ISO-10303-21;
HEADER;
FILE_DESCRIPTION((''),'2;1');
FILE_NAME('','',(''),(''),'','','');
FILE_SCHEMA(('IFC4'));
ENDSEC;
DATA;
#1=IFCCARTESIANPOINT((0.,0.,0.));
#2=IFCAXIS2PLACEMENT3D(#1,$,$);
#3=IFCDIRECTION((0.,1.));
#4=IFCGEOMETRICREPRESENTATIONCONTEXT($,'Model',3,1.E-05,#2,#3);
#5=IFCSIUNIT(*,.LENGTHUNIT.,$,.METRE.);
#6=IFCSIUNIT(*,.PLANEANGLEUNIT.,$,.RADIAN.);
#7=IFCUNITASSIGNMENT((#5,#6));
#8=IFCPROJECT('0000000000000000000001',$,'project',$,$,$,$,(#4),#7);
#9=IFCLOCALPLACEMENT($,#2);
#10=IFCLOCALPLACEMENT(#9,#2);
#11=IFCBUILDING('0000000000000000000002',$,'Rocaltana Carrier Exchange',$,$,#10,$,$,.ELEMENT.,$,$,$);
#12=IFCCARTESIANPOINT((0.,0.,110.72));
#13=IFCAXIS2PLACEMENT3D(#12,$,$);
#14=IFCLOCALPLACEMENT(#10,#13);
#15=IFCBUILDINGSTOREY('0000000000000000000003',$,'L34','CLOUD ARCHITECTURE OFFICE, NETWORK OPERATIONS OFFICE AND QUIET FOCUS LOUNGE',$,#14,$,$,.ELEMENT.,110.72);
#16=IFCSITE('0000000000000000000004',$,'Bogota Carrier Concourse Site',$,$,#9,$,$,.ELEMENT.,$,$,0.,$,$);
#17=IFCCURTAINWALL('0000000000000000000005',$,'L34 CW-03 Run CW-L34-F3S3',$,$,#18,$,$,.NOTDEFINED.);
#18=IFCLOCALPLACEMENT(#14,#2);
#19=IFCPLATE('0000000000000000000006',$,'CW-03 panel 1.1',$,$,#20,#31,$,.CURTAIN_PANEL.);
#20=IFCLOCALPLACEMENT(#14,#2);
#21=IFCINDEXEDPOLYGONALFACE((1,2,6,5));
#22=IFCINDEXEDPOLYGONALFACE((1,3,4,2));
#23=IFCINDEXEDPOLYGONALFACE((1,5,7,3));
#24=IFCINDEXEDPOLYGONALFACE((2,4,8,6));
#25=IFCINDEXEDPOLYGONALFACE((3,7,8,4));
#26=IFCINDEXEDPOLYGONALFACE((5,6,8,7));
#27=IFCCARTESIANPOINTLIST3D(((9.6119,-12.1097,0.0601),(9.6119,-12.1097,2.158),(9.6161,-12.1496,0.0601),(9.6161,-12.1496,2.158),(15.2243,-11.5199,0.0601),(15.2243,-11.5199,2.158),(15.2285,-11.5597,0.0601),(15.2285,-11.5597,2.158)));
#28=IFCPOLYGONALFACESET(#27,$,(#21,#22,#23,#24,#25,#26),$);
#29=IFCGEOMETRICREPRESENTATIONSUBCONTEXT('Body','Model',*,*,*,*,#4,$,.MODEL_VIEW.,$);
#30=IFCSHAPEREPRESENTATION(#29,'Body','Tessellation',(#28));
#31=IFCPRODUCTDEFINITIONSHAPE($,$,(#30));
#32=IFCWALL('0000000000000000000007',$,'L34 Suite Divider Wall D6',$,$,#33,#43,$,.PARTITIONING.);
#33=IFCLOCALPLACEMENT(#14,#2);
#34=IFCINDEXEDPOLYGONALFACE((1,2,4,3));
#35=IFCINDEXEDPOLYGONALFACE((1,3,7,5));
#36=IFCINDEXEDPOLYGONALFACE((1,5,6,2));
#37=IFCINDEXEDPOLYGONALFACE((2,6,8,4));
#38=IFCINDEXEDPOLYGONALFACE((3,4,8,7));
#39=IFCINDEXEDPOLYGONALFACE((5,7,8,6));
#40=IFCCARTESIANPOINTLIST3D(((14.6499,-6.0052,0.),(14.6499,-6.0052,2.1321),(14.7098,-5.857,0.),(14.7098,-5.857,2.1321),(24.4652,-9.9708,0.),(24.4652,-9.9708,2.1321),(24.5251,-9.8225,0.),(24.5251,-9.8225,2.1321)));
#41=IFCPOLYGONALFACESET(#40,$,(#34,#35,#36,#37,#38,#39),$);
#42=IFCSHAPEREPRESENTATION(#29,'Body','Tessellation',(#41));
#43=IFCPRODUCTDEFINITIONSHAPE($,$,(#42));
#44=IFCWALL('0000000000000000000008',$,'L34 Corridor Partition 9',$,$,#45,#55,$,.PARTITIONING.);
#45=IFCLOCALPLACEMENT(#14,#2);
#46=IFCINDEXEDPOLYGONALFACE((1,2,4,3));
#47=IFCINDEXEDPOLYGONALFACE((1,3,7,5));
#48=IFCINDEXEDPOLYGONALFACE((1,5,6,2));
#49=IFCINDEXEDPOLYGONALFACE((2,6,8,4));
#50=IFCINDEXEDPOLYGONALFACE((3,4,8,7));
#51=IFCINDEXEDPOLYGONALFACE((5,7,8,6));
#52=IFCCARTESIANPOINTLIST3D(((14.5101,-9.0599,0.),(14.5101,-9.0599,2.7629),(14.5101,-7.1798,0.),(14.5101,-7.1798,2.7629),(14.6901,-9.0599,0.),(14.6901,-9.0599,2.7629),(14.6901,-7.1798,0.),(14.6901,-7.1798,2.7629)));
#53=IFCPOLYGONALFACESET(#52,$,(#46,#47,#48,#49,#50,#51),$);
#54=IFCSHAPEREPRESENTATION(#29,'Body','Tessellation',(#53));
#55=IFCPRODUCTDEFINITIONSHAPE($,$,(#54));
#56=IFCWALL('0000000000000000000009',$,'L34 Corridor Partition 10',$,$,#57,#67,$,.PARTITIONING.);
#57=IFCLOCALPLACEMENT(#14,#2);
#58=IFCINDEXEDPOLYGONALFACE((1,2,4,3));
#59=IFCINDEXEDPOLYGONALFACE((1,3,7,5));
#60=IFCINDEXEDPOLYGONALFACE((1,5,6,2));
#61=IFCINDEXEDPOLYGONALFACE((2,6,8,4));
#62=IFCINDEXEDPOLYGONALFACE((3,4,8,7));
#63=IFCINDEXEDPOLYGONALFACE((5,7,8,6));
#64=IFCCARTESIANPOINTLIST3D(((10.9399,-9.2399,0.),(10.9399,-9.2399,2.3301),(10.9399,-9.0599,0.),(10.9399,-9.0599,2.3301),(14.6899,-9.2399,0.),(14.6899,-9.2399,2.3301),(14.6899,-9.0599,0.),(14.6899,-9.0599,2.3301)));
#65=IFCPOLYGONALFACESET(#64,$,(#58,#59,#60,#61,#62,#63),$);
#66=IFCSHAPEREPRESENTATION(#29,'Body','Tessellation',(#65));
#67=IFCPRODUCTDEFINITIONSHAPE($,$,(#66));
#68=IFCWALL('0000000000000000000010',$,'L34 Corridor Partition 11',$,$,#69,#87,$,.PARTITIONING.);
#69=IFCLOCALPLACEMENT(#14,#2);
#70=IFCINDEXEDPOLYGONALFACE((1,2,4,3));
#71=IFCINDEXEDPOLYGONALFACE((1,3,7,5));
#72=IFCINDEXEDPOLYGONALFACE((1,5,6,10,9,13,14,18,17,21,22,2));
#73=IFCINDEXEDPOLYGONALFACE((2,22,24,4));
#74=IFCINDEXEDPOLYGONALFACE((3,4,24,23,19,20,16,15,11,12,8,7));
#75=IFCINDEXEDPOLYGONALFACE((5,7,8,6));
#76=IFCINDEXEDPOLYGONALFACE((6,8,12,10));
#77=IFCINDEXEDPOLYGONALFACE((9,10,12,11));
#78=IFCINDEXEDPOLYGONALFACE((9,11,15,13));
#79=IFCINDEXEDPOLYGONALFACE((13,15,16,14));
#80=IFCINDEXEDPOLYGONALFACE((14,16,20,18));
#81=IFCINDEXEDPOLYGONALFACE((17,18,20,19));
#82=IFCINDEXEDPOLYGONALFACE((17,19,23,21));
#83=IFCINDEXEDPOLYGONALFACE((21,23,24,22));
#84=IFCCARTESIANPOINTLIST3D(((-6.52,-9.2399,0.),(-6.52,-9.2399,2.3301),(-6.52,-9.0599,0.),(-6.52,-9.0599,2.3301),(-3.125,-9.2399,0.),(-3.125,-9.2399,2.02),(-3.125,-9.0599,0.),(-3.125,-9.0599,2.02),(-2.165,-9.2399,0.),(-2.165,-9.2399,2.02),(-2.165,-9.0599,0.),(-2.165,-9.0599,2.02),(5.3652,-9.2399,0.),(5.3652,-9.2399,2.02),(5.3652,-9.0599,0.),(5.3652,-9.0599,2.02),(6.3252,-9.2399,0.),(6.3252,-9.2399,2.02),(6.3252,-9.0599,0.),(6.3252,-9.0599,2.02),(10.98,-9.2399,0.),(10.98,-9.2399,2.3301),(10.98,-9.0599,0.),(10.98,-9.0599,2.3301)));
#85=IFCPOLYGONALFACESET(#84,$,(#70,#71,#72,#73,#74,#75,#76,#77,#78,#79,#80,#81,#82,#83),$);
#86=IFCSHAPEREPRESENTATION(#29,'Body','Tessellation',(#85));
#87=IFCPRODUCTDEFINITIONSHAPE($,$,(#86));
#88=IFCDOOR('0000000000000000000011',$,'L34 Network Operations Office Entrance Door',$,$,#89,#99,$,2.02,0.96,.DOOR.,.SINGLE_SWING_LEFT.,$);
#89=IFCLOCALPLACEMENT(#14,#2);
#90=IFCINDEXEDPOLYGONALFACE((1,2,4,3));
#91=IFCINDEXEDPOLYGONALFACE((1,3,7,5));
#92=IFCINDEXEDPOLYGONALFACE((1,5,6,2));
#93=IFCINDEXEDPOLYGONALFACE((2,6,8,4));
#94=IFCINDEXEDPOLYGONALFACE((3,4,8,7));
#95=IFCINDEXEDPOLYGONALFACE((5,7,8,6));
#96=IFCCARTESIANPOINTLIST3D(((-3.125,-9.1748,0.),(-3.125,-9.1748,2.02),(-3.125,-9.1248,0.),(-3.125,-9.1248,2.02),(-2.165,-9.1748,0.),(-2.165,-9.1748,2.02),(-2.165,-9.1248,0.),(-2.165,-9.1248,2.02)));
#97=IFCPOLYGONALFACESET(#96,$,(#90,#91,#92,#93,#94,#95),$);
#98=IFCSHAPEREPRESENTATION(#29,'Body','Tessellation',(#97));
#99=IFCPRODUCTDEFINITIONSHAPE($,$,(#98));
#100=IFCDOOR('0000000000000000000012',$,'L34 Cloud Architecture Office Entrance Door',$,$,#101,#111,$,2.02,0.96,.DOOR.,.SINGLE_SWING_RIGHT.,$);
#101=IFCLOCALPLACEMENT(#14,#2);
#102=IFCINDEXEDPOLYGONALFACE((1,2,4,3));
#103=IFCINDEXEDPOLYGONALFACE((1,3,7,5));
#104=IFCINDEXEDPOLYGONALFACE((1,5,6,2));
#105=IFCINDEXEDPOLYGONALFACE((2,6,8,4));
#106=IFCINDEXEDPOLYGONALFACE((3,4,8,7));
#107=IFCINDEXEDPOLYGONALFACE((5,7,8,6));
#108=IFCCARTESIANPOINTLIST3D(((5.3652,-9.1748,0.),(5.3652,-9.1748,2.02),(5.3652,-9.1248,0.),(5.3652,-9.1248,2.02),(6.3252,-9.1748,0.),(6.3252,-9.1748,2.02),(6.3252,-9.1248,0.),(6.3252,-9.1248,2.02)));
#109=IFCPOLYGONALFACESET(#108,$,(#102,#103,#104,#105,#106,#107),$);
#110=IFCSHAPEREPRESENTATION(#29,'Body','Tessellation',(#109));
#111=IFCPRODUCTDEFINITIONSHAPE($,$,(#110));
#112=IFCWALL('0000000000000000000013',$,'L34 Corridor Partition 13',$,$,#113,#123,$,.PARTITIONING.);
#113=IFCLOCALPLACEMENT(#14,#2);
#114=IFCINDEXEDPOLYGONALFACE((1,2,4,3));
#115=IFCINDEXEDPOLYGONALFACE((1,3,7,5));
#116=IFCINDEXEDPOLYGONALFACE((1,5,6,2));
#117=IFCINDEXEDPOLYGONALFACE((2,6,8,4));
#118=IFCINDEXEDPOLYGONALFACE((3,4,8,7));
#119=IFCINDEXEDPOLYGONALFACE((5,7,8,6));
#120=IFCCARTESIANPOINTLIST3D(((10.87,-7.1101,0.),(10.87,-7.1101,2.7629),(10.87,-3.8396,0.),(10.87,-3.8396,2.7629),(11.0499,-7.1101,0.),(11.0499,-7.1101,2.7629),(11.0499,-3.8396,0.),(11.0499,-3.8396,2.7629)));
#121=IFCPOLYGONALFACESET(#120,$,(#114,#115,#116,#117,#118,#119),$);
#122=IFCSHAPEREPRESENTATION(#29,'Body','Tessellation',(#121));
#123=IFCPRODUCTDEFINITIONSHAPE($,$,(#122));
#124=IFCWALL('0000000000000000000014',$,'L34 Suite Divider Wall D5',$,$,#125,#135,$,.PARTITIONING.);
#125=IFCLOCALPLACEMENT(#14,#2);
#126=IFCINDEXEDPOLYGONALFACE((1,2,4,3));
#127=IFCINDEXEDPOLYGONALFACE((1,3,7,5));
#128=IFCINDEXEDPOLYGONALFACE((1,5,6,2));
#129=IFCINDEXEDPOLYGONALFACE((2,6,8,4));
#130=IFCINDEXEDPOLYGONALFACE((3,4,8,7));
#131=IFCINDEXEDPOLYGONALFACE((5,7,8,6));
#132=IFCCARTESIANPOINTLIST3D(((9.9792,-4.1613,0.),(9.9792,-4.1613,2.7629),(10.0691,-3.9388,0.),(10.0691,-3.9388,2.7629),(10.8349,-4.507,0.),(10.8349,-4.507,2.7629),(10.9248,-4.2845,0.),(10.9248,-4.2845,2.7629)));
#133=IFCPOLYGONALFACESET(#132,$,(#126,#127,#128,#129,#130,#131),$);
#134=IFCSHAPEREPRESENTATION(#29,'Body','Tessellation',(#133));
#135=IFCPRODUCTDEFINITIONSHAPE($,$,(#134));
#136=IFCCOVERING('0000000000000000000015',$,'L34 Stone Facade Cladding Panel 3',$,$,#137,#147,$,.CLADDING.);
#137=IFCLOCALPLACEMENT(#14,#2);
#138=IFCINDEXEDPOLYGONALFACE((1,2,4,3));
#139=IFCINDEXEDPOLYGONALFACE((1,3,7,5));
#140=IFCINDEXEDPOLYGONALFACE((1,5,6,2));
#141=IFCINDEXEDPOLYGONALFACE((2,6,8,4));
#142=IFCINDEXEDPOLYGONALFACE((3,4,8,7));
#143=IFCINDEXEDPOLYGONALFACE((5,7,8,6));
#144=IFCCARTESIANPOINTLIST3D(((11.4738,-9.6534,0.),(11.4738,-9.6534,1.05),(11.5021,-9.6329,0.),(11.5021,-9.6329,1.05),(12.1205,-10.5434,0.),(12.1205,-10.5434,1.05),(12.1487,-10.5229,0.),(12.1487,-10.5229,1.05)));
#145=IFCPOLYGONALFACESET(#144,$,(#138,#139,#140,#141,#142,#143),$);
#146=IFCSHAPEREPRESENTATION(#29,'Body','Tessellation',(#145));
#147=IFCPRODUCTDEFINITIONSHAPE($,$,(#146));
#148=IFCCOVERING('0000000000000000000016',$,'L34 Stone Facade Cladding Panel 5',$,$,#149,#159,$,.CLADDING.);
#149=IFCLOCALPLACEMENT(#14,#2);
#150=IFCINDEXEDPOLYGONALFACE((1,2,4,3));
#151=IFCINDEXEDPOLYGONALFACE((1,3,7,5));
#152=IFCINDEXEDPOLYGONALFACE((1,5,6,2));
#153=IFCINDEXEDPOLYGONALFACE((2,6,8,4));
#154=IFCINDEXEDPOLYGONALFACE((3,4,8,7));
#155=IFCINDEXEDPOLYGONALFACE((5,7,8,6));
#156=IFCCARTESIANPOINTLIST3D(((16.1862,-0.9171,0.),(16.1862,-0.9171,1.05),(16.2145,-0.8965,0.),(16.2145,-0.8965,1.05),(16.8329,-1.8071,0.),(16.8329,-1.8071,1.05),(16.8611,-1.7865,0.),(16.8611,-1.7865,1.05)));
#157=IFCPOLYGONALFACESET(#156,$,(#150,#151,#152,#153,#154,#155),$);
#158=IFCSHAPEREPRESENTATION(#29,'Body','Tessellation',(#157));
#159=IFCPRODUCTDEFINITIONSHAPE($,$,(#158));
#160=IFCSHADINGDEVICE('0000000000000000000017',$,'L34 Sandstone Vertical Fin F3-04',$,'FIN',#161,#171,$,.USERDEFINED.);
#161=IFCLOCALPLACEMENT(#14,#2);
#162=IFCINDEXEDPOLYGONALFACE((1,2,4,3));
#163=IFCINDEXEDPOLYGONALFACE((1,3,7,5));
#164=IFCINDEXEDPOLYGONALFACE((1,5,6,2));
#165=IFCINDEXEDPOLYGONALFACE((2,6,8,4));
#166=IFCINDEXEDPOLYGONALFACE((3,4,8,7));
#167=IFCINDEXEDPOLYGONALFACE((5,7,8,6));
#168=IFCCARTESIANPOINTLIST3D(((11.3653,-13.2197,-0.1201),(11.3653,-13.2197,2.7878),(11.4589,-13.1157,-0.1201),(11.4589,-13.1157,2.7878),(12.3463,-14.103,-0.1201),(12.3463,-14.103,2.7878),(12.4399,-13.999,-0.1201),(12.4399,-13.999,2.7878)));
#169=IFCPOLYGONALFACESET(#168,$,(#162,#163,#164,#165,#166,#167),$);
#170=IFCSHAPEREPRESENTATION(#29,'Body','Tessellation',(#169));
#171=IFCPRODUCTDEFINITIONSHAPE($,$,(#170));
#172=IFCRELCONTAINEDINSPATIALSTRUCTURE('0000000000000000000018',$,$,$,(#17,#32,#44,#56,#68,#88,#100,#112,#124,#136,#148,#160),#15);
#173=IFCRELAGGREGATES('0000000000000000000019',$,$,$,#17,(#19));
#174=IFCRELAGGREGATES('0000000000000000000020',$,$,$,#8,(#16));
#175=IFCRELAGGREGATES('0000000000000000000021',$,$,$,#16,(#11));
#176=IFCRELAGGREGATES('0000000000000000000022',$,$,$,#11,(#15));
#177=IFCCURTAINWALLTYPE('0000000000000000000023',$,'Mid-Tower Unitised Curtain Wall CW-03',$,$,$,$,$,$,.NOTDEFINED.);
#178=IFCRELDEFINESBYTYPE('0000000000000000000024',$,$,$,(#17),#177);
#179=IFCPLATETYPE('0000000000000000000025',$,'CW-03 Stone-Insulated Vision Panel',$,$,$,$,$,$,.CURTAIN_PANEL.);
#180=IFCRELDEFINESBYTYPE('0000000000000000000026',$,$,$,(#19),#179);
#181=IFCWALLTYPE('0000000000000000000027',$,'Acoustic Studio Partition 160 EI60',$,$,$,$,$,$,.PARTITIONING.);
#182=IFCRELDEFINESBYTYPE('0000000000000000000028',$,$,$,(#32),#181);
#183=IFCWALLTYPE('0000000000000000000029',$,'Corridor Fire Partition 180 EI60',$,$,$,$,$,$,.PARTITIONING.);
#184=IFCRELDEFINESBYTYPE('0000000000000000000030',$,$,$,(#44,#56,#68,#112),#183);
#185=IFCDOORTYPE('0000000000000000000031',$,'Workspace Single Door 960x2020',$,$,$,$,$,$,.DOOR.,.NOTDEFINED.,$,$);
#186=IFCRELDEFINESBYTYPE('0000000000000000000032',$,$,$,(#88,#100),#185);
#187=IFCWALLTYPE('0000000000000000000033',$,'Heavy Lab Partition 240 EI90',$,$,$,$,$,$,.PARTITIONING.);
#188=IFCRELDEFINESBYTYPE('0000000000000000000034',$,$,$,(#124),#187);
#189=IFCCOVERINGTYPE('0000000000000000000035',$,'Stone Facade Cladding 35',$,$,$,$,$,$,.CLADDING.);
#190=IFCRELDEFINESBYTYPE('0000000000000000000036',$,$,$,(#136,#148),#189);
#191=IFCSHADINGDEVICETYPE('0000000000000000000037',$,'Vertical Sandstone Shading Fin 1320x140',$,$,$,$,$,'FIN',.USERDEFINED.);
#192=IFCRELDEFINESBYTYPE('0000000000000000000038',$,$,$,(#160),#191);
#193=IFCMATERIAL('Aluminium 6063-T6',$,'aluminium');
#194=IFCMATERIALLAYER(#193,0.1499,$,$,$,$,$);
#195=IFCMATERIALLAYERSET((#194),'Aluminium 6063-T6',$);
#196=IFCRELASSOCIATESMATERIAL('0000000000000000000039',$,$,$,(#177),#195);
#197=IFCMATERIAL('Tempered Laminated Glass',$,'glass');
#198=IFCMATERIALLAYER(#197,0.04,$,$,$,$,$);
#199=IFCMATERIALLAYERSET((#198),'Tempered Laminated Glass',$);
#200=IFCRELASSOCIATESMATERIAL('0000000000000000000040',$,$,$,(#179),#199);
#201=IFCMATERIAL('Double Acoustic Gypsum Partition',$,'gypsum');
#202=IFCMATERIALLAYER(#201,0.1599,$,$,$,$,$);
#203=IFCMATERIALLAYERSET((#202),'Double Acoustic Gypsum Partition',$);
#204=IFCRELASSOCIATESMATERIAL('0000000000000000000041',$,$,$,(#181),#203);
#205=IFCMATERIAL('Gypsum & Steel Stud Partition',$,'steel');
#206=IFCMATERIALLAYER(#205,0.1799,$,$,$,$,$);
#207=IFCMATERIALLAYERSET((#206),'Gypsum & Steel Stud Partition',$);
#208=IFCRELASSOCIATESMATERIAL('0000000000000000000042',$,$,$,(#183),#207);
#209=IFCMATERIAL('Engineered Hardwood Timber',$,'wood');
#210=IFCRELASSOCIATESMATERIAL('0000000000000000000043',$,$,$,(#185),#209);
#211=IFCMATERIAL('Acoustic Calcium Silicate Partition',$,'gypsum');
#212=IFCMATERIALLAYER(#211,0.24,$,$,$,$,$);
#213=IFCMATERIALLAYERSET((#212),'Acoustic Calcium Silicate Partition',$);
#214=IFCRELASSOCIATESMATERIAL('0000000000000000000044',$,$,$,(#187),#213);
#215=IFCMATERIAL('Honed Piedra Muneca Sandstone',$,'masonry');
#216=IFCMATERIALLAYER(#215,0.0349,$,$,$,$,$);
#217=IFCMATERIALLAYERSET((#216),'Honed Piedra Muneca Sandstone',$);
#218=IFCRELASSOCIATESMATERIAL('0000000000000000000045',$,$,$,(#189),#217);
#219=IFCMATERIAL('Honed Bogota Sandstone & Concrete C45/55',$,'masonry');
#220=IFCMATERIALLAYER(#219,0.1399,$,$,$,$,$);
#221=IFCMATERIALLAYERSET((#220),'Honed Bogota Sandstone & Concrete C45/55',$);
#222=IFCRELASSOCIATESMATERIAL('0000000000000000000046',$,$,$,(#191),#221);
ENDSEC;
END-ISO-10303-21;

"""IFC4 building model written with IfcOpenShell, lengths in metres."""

from ifc_helpers import new_model, si_unit, direction, frame, frame_2d, origin, origin_2d, place, context, subcontext, project, spatial, rectangle, extrude, material, layer, layer_set, type_object, element, fill, aggregate, save


model = new_model("IFC4")

# Units and contexts
model_context = context("Model", 3, precision=1e-05, world=origin(), true_north=direction((0.0, 1.0)))
body_context = subcontext(model_context, "Body", "Model", "MODEL_VIEW")
ifc_project = project(units=[si_unit("LENGTHUNIT", "METRE"), si_unit("PLANEANGLEUNIT", "RADIAN")], contexts=[model_context])

# Site, building, storey
site_placement = place(None, origin())
site = spatial("IfcSite", under=ifc_project, at=site_placement, Name="Bogota Carrier Concourse Site", CompositionType="ELEMENT", RefElevation=0.0)
building_placement = place(site_placement, origin())
building = spatial("IfcBuilding", under=site, at=building_placement, Name="Rocaltana Carrier Exchange", CompositionType="ELEMENT")
storey_placement = place(building_placement, frame((0.0, 0.0, 110.72)))
storey = spatial("IfcBuildingStorey", under=building, at=storey_placement, Name="L34", Description="CLOUD ARCHITECTURE OFFICE, NETWORK OPERATIONS OFFICE AND QUIET FOCUS LOUNGE", CompositionType="ELEMENT", Elevation=110.72)

# Curtain wall
ifc_material_1 = material(Name="Aluminium 6063-T6", Category="aluminium")
ifc_layer_1 = layer(ifc_material_1, 0.1499)
ifc_layer_set_1 = layer_set([ifc_layer_1], Name="Aluminium 6063-T6")
curtain_wall_type = type_object("IfcCurtainWallType", Name="Mid-Tower Unitised Curtain Wall CW-03", PredefinedType="NOTDEFINED", material=ifc_layer_set_1)
curtain_wall_1_placement = place(storey_placement, origin())
curtain_wall_1 = element("IfcCurtainWall", 1, at=curtain_wall_1_placement, inside=storey, type_object=curtain_wall_type, Name="L34 CW-03 Run CW-L34-F3S3", PredefinedType="NOTDEFINED")

# Shared definitions
ifc_material_2 = material(Name="Tempered Laminated Glass", Category="glass")
ifc_layer_2 = layer(ifc_material_2, 0.04)
ifc_layer_set_2 = layer_set([ifc_layer_2], Name="Tempered Laminated Glass")
plate_type = type_object("IfcPlateType", Name="CW-03 Stone-Insulated Vision Panel", PredefinedType="CURTAIN_PANEL", material=ifc_layer_set_2)

# Plate
plate_1_placement = place(storey_placement, frame((12.4202, -11.8347, 0.0601), z_axis=(0.0, 0.0, 1.0), x_axis=(0.994523, 0.104522, 0.0)))
plate_1 = element("IfcPlate", 2, at=plate_1_placement, type_object=plate_type, Name="CW-03 panel 1.1", PredefinedType="CURTAIN_PANEL", context=body_context, shape_type="SweptSolid", body=[
    extrude(rectangle(XDim=5.6433, YDim=0.04, at=origin_2d()), origin(), (0.0, 0.0, 1.0), 2.0979),
])
aggregate(curtain_wall_1, [plate_1])

# Walls
ifc_material_3 = material(Name="Double Acoustic Gypsum Partition", Category="gypsum")
ifc_layer_3 = layer(ifc_material_3, 0.1599)
ifc_layer_set_3 = layer_set([ifc_layer_3], Name="Double Acoustic Gypsum Partition")
wall_type_1 = type_object("IfcWallType", Name="Acoustic Studio Partition 160 EI60", PredefinedType="PARTITIONING", material=ifc_layer_set_3)
wall_1_placement = place(storey_placement, frame((14.6799, -5.9312, 0.0), z_axis=(0.0, 0.0, 1.0), x_axis=(0.927188, -0.374597, 0.0)))
element("IfcWall", 3, at=wall_1_placement, inside=storey, type_object=wall_type_1, Name="L34 Suite Divider Wall D6", PredefinedType="PARTITIONING", context=body_context, shape_type="SweptSolid", body=[
    extrude(rectangle(XDim=10.5862, YDim=0.1599, at=frame_2d((5.293, 0.0))), origin(), (0.0, 0.0, 1.0), 2.1321),
])
ifc_material_4 = material(Name="Gypsum & Steel Stud Partition", Category="steel")
ifc_layer_4 = layer(ifc_material_4, 0.1799)
ifc_layer_set_4 = layer_set([ifc_layer_4], Name="Gypsum & Steel Stud Partition")
wall_type_2 = type_object("IfcWallType", Name="Corridor Fire Partition 180 EI60", PredefinedType="PARTITIONING", material=ifc_layer_set_4)
wall_2_placement = place(storey_placement, frame((14.6001, -7.1799, 0.0), z_axis=(0.0, 0.0, 1.0), x_axis=(0.0, -1.0, 0.0)))
element("IfcWall", 4, at=wall_2_placement, inside=storey, type_object=wall_type_2, Name="L34 Corridor Partition 9", PredefinedType="PARTITIONING", context=body_context, shape_type="SweptSolid", body=[
    extrude(rectangle(XDim=1.8801, YDim=0.1799, at=frame_2d((0.9399, 0.0))), origin(), (0.0, 0.0, 1.0), 2.7629),
])
wall_3_placement = place(storey_placement, frame((14.6899, -9.1499, 0.0), z_axis=(0.0, 0.0, 1.0), x_axis=(-1.0, 0.0, 0.0)))
element("IfcWall", 5, at=wall_3_placement, inside=storey, type_object=wall_type_2, Name="L34 Corridor Partition 10", PredefinedType="PARTITIONING", context=body_context, shape_type="SweptSolid", body=[
    extrude(rectangle(XDim=3.75, YDim=0.1799, at=frame_2d((1.875, 0.0))), origin(), (0.0, 0.0, 1.0), 2.3301),
])

# Wall, openings, doors
wall_4_placement = place(storey_placement, frame((10.98, -9.1499, 0.0), z_axis=(0.0, 0.0, 1.0), x_axis=(-1.0, 0.0, 0.0)))
wall_4 = element("IfcWall", 6, at=wall_4_placement, inside=storey, type_object=wall_type_2, Name="L34 Corridor Partition 11", PredefinedType="PARTITIONING", context=body_context, shape_type="SweptSolid", body=[
    extrude(rectangle(XDim=17.5, YDim=0.1799, at=frame_2d((8.75, 0.0))), origin(), (0.0, 0.0, 1.0), 2.3301),
])
opening_1_placement = place(wall_4_placement, frame((13.145, 0.0, 0.0)))
opening_1 = element("IfcOpeningElement", 7, at=opening_1_placement, cuts=wall_4, PredefinedType="OPENING", context=body_context, shape_type="SweptSolid", body=[
    extrude(rectangle(XDim=0.96, YDim=2.02, at=frame_2d((0.48, 1.01))), frame((0.0, 0.0999, 0.0), z_axis=(0.0, -1.0, 0.0), x_axis=(1.0, 0.0, 0.0)), (0.0, 0.0, 1.0), 0.2),
])
opening_2_placement = place(wall_4_placement, frame((4.6548, 0.0, 0.0)))
opening_2 = element("IfcOpeningElement", 8, at=opening_2_placement, cuts=wall_4, PredefinedType="OPENING", context=body_context, shape_type="SweptSolid", body=[
    extrude(rectangle(XDim=0.96, YDim=2.02, at=frame_2d((0.48, 1.01))), frame((0.0, 0.0999, 0.0), z_axis=(0.0, -1.0, 0.0), x_axis=(1.0, 0.0, 0.0)), (0.0, 0.0, 1.0), 0.2),
])
ifc_material_5 = material(Name="Engineered Hardwood Timber", Category="wood")
door_type = type_object("IfcDoorType", Name="Workspace Single Door 960x2020", OperationType="NOTDEFINED", PredefinedType="DOOR", material=ifc_material_5)
door_1_placement = place(opening_1_placement, origin())
door_1 = element("IfcDoor", 9, at=door_1_placement, inside=storey, type_object=door_type, Name="L34 Network Operations Office Entrance Door", OperationType="SINGLE_SWING_LEFT", OverallHeight=2.02, OverallWidth=0.96, PredefinedType="DOOR", context=body_context, shape_type="SweptSolid", body=[
    extrude(rectangle(XDim=0.96, YDim=2.02, at=frame_2d((0.48, 1.01))), frame((0.0, 0.0249, 0.0), z_axis=(0.0, -1.0, 0.0), x_axis=(1.0, 0.0, 0.0)), (0.0, 0.0, 1.0), 0.05),
])
fill(opening_1, door_1)
door_2_placement = place(opening_2_placement, origin())
door_2 = element("IfcDoor", 10, at=door_2_placement, inside=storey, type_object=door_type, Name="L34 Cloud Architecture Office Entrance Door", OperationType="SINGLE_SWING_RIGHT", OverallHeight=2.02, OverallWidth=0.96, PredefinedType="DOOR", context=body_context, shape_type="SweptSolid", body=[
    extrude(rectangle(XDim=0.96, YDim=2.02, at=frame_2d((0.48, 1.01))), frame((0.0, 0.0249, 0.0), z_axis=(0.0, -1.0, 0.0), x_axis=(1.0, 0.0, 0.0)), (0.0, 0.0, 1.0), 0.05),
])
fill(opening_2, door_2)

# Walls
wall_5_placement = place(storey_placement, frame((10.96, -7.1101, 0.0), z_axis=(0.0, 0.0, 1.0), x_axis=(0.0, 1.0, 0.0)))
element("IfcWall", 11, at=wall_5_placement, inside=storey, type_object=wall_type_2, Name="L34 Corridor Partition 13", PredefinedType="PARTITIONING", context=body_context, shape_type="SweptSolid", body=[
    extrude(rectangle(XDim=3.2705, YDim=0.1799, at=frame_2d((1.6353, 0.0))), origin(), (0.0, 0.0, 1.0), 2.7629),
])
ifc_material_6 = material(Name="Acoustic Calcium Silicate Partition", Category="gypsum")
ifc_layer_5 = layer(ifc_material_6, 0.24)
ifc_layer_set_5 = layer_set([ifc_layer_5], Name="Acoustic Calcium Silicate Partition")
wall_type_3 = type_object("IfcWallType", Name="Heavy Lab Partition 240 EI90", PredefinedType="PARTITIONING", material=ifc_layer_set_5)
wall_6_placement = place(storey_placement, frame((10.0242, -4.05, 0.0), z_axis=(0.0, 0.0, 1.0), x_axis=(0.927194, -0.374581, 0.0)))
element("IfcWall", 12, at=wall_6_placement, inside=storey, type_object=wall_type_3, Name="L34 Suite Divider Wall D5", PredefinedType="PARTITIONING", context=body_context, shape_type="SweptSolid", body=[
    extrude(rectangle(XDim=0.9229, YDim=0.24, at=frame_2d((0.4614, 0.0))), origin(), (0.0, 0.0, 1.0), 2.7629),
])

# Coverings
ifc_material_7 = material(Name="Honed Piedra Muneca Sandstone", Category="masonry")
ifc_layer_6 = layer(ifc_material_7, 0.0349)
ifc_layer_set_6 = layer_set([ifc_layer_6], Name="Honed Piedra Muneca Sandstone")
covering_type = type_object("IfcCoveringType", Name="Stone Facade Cladding 35", PredefinedType="CLADDING", material=ifc_layer_set_6)
for number, where, z_axis, x_axis, name in (
    (13, (11.8113, -10.0881, 0.0), (0.0, 0.0, 1.0), (-0.587785, 0.809017, 0.0), "L34 Stone Facade Cladding Panel 3"),
    (14, (16.5237, -1.3518, 0.0), (0.0, 0.0, 1.0), (-0.587785, 0.809017, 0.0), "L34 Stone Facade Cladding Panel 5"),
):
    element("IfcCovering", number, at=place(storey_placement, frame(where, z_axis=z_axis, x_axis=x_axis)), inside=storey, type_object=covering_type, Name=name, PredefinedType="CLADDING", context=body_context, shape_type="SweptSolid", body=[
        extrude(rectangle(XDim=1.1001, YDim=0.0349, at=origin_2d()), origin(), (0.0, 0.0, 1.0), 1.05),
    ])

# Shading device
ifc_material_8 = material(Name="Honed Bogota Sandstone & Concrete C45/55", Category="masonry")
ifc_layer_7 = layer(ifc_material_8, 0.1399)
ifc_layer_set_7 = layer_set([ifc_layer_7], Name="Honed Bogota Sandstone & Concrete C45/55")
shading_device_type = type_object("IfcShadingDeviceType", Name="Vertical Sandstone Shading Fin 1320x140", ElementType="FIN", PredefinedType="USERDEFINED", material=ifc_layer_set_7)
shading_device_placement = place(storey_placement, frame((11.9026, -13.6094, -0.1201), z_axis=(0.0, 0.0, 1.0), x_axis=(0.743145, -0.669131, 0.0)))
element("IfcShadingDevice", 15, at=shading_device_placement, inside=storey, type_object=shading_device_type, Name="L34 Sandstone Vertical Fin F3-04", ObjectType="FIN", PredefinedType="USERDEFINED", context=body_context, shape_type="SweptSolid", body=[
    extrude(rectangle(XDim=1.3201, YDim=0.1399, at=origin_2d()), origin(), (0.0, 0.0, 1.0), 2.908),
])

save(model, "model.ifc")
